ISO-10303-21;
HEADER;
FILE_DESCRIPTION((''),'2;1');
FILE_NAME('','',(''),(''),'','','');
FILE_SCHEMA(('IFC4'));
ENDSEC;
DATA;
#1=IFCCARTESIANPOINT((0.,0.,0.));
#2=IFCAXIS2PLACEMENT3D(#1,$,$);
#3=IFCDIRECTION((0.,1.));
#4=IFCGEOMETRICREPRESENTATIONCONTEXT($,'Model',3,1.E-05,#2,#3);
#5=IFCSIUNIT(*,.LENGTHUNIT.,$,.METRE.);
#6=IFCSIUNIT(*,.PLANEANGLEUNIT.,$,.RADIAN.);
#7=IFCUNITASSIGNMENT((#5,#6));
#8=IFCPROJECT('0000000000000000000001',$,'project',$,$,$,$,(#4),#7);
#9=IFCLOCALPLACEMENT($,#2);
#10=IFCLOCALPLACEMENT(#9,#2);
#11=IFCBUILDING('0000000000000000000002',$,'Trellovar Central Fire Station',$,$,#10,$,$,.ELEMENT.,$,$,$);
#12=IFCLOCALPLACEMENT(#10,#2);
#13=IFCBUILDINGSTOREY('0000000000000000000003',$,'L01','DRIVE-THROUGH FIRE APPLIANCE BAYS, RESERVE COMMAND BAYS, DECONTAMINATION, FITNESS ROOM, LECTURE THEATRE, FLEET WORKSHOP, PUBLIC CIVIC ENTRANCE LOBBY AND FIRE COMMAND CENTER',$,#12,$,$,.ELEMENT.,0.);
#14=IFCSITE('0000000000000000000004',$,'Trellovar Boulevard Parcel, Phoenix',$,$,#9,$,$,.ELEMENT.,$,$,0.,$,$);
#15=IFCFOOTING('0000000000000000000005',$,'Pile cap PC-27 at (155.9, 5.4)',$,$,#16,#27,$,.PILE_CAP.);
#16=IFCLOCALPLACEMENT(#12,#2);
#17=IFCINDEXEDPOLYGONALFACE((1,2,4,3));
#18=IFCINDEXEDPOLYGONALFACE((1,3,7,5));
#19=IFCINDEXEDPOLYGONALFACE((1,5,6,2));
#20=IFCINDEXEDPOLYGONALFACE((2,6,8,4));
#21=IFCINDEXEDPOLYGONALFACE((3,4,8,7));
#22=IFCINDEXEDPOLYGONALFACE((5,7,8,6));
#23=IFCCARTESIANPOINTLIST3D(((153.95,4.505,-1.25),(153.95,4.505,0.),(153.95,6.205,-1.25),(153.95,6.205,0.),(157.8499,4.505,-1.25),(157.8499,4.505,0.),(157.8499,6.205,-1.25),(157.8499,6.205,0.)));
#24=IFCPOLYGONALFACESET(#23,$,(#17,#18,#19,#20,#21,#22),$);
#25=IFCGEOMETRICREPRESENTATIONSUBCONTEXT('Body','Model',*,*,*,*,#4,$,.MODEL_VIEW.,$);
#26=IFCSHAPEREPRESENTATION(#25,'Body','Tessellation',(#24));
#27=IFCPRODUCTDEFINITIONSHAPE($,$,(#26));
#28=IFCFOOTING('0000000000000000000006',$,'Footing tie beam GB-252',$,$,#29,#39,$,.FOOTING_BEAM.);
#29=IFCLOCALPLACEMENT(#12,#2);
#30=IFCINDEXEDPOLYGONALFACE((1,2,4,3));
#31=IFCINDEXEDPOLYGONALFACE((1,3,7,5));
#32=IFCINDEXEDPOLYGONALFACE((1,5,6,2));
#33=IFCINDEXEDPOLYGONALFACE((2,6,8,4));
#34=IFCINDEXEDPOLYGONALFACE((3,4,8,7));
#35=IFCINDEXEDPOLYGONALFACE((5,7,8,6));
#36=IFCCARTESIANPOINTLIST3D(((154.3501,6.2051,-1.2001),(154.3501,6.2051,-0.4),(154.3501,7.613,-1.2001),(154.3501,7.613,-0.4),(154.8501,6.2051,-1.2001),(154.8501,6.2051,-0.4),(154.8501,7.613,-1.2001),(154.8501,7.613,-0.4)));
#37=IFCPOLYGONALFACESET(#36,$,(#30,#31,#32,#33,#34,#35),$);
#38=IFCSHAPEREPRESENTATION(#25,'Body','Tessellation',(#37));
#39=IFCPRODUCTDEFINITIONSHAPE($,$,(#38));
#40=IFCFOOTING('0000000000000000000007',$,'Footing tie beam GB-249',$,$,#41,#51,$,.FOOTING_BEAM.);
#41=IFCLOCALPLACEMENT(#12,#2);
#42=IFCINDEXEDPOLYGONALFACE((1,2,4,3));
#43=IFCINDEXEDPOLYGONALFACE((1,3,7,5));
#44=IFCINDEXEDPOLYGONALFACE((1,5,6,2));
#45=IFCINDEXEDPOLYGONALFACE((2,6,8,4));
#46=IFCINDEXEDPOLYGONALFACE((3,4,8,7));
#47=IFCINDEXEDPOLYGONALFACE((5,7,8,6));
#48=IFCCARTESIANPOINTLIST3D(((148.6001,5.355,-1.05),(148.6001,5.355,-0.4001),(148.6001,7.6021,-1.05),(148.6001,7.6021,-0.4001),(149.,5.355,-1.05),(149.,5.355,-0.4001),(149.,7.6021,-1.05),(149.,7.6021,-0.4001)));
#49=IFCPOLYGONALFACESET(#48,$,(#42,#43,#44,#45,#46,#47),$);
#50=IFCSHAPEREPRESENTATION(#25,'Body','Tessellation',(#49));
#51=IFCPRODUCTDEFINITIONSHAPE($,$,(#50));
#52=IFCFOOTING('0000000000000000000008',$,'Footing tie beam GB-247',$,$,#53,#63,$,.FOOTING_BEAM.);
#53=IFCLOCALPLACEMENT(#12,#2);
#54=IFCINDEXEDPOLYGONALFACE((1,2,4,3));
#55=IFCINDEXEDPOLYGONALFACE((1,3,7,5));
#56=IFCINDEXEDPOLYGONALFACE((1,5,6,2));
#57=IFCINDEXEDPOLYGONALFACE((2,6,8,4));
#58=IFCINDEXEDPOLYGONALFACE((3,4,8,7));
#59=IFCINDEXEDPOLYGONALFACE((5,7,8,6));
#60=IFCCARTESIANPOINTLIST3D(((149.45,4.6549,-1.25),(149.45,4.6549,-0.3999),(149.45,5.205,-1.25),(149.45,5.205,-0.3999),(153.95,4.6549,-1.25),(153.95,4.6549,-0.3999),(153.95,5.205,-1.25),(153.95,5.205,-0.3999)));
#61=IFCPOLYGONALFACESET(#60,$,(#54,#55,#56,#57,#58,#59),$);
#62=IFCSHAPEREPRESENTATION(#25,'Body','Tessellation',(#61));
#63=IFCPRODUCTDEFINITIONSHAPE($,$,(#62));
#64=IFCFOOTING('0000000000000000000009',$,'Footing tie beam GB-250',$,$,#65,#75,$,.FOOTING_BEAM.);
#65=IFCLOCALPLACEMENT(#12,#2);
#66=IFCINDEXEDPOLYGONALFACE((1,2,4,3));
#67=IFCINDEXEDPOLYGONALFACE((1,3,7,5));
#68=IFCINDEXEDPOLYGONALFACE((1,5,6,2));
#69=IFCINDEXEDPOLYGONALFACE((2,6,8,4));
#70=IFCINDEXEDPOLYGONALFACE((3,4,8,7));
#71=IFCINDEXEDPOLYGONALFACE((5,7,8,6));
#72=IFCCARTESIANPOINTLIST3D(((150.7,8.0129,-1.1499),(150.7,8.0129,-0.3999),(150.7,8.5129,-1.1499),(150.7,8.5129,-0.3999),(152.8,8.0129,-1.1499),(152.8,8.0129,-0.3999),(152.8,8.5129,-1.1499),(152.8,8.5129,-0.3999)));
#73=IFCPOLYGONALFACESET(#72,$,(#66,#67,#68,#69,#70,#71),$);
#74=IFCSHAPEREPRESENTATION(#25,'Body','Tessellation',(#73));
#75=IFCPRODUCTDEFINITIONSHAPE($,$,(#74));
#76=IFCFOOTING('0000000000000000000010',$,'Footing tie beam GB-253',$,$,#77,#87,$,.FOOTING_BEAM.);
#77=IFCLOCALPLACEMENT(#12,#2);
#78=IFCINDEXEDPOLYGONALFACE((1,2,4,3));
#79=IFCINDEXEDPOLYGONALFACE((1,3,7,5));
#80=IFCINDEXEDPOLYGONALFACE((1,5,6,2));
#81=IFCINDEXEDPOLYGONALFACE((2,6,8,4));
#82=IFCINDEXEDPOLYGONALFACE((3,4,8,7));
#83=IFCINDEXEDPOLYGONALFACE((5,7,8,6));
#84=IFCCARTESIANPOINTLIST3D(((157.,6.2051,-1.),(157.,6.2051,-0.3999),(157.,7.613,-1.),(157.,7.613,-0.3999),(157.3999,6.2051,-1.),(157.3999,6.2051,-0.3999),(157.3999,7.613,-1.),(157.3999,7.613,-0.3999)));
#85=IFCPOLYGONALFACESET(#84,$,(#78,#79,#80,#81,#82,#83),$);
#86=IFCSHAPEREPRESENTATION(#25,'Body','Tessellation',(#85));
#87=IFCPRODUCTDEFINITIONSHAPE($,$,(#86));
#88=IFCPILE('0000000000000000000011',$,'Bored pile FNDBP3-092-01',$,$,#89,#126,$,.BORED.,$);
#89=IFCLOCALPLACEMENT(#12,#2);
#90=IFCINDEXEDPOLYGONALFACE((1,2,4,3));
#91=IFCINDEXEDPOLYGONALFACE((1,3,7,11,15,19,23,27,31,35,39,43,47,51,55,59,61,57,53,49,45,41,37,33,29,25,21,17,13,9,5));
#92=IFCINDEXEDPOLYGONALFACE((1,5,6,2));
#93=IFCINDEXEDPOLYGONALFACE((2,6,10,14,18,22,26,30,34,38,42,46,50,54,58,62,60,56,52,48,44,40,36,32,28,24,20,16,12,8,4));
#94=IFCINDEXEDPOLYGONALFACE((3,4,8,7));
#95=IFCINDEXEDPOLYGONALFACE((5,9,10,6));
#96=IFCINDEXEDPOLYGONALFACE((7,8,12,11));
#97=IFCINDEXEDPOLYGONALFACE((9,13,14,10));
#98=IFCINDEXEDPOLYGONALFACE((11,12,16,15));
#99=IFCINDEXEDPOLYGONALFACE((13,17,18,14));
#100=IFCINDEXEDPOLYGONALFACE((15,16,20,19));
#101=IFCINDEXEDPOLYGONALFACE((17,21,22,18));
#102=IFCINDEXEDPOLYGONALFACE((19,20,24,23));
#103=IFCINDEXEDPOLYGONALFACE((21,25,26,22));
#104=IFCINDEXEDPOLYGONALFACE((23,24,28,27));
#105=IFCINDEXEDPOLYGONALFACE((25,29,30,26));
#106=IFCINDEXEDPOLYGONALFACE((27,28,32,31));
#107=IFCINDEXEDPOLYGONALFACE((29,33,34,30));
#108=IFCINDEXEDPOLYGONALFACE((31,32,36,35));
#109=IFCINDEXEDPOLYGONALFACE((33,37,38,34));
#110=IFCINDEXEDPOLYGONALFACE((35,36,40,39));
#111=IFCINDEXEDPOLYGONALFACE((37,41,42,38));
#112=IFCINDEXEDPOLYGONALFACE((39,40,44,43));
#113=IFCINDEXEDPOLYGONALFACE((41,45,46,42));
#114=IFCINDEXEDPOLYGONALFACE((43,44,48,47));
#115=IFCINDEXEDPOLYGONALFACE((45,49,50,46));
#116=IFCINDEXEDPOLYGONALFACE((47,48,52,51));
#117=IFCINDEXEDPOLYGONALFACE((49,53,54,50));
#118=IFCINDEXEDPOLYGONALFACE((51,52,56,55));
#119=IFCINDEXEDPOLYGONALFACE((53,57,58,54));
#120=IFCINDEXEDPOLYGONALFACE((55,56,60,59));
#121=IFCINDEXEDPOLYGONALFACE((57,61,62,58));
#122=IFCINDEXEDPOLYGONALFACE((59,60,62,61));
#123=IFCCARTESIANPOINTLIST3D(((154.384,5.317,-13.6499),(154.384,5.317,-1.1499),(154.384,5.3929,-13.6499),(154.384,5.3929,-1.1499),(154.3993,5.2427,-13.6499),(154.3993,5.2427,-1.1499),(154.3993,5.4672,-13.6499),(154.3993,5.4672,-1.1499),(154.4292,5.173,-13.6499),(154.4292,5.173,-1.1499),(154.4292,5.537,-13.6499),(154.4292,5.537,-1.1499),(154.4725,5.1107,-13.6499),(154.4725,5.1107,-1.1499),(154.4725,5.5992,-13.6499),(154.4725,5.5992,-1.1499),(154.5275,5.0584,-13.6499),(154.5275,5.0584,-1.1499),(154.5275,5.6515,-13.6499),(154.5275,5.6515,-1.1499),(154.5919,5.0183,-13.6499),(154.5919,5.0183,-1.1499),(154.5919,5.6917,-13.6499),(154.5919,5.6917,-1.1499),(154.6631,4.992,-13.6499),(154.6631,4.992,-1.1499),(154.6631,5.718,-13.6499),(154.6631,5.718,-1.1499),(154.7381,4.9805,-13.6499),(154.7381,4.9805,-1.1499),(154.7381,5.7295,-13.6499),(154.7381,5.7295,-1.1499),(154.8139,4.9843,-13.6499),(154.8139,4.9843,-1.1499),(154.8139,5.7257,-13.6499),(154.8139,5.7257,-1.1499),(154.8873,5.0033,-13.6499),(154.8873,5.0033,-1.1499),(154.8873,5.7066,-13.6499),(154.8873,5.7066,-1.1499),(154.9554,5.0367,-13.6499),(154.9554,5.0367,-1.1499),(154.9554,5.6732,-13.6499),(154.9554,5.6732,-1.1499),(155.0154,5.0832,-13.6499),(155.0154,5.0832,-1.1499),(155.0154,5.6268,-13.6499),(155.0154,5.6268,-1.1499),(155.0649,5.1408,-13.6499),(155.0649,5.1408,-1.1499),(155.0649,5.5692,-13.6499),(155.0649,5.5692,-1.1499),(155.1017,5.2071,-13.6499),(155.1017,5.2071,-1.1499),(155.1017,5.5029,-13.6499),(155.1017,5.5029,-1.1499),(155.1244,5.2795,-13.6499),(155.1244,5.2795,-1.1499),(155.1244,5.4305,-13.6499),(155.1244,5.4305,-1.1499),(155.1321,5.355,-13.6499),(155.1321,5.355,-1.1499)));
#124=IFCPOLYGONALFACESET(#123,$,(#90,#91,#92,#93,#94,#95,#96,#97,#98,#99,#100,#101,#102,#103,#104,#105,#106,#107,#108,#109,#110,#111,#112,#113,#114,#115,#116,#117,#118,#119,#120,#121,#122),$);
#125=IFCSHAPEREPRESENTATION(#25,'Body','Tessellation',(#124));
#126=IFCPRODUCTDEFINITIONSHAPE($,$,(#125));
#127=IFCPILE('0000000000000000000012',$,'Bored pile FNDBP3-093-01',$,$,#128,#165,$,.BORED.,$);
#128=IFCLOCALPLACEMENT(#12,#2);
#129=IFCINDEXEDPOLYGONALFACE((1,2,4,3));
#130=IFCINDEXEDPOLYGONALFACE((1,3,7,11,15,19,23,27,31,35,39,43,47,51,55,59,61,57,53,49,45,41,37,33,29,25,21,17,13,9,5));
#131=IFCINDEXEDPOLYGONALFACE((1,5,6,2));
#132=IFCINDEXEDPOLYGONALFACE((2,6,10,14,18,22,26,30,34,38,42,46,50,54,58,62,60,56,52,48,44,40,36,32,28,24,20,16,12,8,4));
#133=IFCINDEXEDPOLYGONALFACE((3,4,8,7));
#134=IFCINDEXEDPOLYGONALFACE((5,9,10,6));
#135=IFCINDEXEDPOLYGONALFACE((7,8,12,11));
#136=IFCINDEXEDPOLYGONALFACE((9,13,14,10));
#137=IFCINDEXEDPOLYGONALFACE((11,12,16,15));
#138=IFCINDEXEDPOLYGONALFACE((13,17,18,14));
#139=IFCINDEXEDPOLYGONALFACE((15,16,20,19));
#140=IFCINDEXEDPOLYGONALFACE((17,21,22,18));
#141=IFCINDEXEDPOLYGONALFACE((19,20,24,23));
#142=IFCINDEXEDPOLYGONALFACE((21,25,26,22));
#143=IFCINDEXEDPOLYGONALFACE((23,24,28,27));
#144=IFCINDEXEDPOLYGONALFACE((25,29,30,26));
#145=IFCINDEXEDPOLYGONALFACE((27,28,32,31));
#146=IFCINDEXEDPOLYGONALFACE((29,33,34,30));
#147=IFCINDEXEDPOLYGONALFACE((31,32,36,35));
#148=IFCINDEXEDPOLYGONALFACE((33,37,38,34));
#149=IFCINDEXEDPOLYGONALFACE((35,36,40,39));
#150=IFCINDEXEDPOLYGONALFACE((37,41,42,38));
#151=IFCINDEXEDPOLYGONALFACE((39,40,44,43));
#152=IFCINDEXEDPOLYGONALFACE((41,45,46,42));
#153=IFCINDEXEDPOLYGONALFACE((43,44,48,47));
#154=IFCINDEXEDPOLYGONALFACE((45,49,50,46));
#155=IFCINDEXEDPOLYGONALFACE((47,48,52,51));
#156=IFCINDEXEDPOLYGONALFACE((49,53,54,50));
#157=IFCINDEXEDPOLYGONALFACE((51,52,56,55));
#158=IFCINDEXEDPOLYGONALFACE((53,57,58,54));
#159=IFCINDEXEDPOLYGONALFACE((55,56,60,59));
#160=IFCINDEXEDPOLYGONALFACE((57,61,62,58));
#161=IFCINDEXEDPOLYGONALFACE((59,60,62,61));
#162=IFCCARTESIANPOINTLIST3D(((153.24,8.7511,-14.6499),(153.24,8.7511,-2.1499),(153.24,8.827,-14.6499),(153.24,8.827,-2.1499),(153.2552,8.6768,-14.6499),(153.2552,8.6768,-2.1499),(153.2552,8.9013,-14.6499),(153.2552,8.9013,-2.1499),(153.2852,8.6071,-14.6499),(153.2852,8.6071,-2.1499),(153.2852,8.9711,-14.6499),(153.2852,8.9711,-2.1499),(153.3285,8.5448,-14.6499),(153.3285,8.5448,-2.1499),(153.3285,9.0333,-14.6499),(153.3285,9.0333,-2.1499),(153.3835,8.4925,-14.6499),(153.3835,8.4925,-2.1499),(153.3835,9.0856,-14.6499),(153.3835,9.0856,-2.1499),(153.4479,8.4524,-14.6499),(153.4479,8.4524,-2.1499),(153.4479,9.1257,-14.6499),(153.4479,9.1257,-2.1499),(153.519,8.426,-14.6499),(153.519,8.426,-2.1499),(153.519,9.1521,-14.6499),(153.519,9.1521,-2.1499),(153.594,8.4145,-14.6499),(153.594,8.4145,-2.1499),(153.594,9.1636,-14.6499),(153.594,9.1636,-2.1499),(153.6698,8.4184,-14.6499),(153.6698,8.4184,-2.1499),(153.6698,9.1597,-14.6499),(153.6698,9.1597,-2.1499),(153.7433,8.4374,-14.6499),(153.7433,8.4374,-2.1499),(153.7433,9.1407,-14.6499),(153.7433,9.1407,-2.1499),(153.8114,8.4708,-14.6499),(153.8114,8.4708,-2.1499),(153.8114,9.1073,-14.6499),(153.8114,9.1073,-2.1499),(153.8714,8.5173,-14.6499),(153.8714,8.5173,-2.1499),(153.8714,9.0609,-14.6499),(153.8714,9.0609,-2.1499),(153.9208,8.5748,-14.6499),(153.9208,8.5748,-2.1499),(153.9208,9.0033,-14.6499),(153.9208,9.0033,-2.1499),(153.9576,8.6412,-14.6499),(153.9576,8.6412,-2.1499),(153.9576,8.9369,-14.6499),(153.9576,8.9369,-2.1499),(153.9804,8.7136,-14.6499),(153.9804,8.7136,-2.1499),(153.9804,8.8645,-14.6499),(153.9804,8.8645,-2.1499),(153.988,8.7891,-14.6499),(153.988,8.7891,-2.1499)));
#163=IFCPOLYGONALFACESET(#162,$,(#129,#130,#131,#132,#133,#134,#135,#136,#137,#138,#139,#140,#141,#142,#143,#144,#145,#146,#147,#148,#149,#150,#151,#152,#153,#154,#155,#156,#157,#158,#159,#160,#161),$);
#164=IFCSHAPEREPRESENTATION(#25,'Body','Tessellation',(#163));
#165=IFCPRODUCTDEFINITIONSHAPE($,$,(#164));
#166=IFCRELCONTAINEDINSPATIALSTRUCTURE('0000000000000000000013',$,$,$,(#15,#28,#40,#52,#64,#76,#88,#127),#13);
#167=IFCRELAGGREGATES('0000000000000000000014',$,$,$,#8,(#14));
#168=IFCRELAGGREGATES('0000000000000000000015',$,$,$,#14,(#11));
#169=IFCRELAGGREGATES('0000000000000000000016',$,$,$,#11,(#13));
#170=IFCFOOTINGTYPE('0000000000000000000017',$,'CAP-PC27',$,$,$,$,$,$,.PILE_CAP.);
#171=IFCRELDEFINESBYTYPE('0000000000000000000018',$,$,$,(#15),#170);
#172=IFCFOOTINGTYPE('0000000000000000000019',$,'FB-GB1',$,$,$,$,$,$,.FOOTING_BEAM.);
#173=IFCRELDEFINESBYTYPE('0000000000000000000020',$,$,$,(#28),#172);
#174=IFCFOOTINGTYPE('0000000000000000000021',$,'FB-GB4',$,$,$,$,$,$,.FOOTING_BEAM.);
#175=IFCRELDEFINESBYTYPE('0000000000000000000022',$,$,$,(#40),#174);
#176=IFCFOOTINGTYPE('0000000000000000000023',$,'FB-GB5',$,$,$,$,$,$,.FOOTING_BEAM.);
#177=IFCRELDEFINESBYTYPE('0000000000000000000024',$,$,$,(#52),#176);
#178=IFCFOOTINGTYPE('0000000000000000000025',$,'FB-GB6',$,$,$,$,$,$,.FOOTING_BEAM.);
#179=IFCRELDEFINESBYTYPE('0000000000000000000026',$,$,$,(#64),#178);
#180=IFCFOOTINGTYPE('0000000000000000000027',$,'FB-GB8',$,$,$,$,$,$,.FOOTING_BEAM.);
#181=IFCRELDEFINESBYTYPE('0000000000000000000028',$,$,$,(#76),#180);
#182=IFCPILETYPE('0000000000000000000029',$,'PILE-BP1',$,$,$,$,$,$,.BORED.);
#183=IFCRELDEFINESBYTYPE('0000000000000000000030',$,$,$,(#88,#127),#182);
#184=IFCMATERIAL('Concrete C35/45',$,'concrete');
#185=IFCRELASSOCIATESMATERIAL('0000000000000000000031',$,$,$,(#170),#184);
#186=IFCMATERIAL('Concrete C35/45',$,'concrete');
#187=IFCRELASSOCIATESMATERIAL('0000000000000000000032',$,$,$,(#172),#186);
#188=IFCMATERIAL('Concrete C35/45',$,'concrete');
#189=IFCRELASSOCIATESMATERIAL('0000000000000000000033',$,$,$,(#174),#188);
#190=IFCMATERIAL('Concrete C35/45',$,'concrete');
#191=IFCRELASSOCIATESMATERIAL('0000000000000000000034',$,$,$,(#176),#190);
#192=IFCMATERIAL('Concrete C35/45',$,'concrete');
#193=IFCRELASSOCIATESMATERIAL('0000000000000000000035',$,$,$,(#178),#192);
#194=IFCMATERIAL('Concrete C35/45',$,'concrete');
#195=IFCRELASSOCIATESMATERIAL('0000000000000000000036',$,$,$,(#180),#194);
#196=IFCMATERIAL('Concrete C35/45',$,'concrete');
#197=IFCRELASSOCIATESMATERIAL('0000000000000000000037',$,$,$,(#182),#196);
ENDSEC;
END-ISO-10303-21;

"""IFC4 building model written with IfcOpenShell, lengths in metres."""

from ifc_helpers import new_model, si_unit, direction, frame, origin, origin_2d, place, context, subcontext, project, spatial, rectangle, circle, extrude, material, material_profile, profile_set, type_object, element, save


model = new_model("IFC4")

# Units and contexts
model_context = context("Model", 3, precision=1e-05, world=origin(), true_north=direction((0.0, 1.0)))
body_context = subcontext(model_context, "Body", "Model", "MODEL_VIEW")
ifc_project = project(units=[si_unit("LENGTHUNIT", "METRE"), si_unit("PLANEANGLEUNIT", "RADIAN")], contexts=[model_context])

# Site, building, storey
site_placement = place(None, origin())
site = spatial("IfcSite", under=ifc_project, at=site_placement, Name="Trellovar Boulevard Parcel, Phoenix", CompositionType="ELEMENT", RefElevation=0.0)
building_placement = place(site_placement, origin())
building = spatial("IfcBuilding", under=site, at=building_placement, Name="Trellovar Central Fire Station", CompositionType="ELEMENT")
storey_placement = place(building_placement, origin())
storey = spatial("IfcBuildingStorey", under=building, at=storey_placement, Name="L01", Description="DRIVE-THROUGH FIRE APPLIANCE BAYS, RESERVE COMMAND BAYS, DECONTAMINATION, FITNESS ROOM, LECTURE THEATRE, FLEET WORKSHOP, PUBLIC CIVIC ENTRANCE LOBBY AND FIRE COMMAND CENTER", CompositionType="ELEMENT", Elevation=0.0)

# Footings
ifc_material_1 = material(Name="Concrete C35/45", Category="concrete")
footing_type_1 = type_object("IfcFootingType", Name="CAP-PC27", PredefinedType="PILE_CAP", material=ifc_material_1)
footing_1_placement = place(storey_placement, frame((155.8999, 5.355, -1.25), z_axis=(0.0, 0.0, 1.0), x_axis=(1.0, 0.0, 0.0)))
element("IfcFooting", 1, at=footing_1_placement, inside=storey, type_object=footing_type_1, Name="Pile cap PC-27 at (155.9, 5.4)", PredefinedType="PILE_CAP", context=body_context, shape_type="SweptSolid", body=[
    extrude(rectangle(XDim=3.8999, YDim=1.7, at=origin_2d()), origin(), (0.0, 0.0, 1.0), 1.25),
])
ifc_material_2 = material(Name="Concrete C35/45", Category="concrete")
ifc_material_profile_1 = material_profile(ifc_material_2, rectangle(XDim=0.5, YDim=0.8, at=origin_2d()), Name="RC500X800")
ifc_profile_set_1 = profile_set([ifc_material_profile_1], Name="Concrete C35/45")
footing_type_2 = type_object("IfcFootingType", Name="FB-GB1", PredefinedType="FOOTING_BEAM", material=ifc_profile_set_1)
footing_2_placement = place(storey_placement, frame((154.6001, 6.2051, -0.8), z_axis=(0.0, 1.0, 0.0), x_axis=(-1.0, 0.0, 0.0)))
element("IfcFooting", 2, at=footing_2_placement, inside=storey, type_object=footing_type_2, Name="Footing tie beam GB-252", PredefinedType="FOOTING_BEAM", context=body_context, shape_type="SweptSolid", body=[
    extrude(rectangle(XDim=0.5, YDim=0.8, at=origin_2d()), origin(), (0.0, 0.0, 1.0), 1.408),
])
ifc_material_3 = material(Name="Concrete C35/45", Category="concrete")
ifc_material_profile_2 = material_profile(ifc_material_3, rectangle(XDim=0.3999, YDim=0.6499, at=origin_2d()), Name="RC400X650")
ifc_profile_set_2 = profile_set([ifc_material_profile_2], Name="Concrete C35/45")
footing_type_3 = type_object("IfcFootingType", Name="FB-GB4", PredefinedType="FOOTING_BEAM", material=ifc_profile_set_2)
footing_3_placement = place(storey_placement, frame((148.8, 5.355, -0.7251), z_axis=(0.0, 1.0, 0.0), x_axis=(-1.0, 0.0, 0.0)))
element("IfcFooting", 3, at=footing_3_placement, inside=storey, type_object=footing_type_3, Name="Footing tie beam GB-249", PredefinedType="FOOTING_BEAM", context=body_context, shape_type="SweptSolid", body=[
    extrude(rectangle(XDim=0.3999, YDim=0.6499, at=origin_2d()), origin(), (0.0, 0.0, 1.0), 2.2471),
])
ifc_material_4 = material(Name="Concrete C35/45", Category="concrete")
ifc_material_profile_3 = material_profile(ifc_material_4, rectangle(XDim=0.55, YDim=0.8501, at=origin_2d()), Name="RC550X850")
ifc_profile_set_3 = profile_set([ifc_material_profile_3], Name="Concrete C35/45")
footing_type_4 = type_object("IfcFootingType", Name="FB-GB5", PredefinedType="FOOTING_BEAM", material=ifc_profile_set_3)
footing_4_placement = place(storey_placement, frame((149.45, 4.9299, -0.825), z_axis=(1.0, 0.0, 0.0), x_axis=(0.0, 1.0, 0.0)))
element("IfcFooting", 4, at=footing_4_placement, inside=storey, type_object=footing_type_4, Name="Footing tie beam GB-247", PredefinedType="FOOTING_BEAM", context=body_context, shape_type="SweptSolid", body=[
    extrude(rectangle(XDim=0.55, YDim=0.8501, at=origin_2d()), origin(), (0.0, 0.0, 1.0), 4.5),
])
ifc_material_5 = material(Name="Concrete C35/45", Category="concrete")
ifc_material_profile_4 = material_profile(ifc_material_5, rectangle(XDim=0.5, YDim=0.75, at=origin_2d()), Name="RC500X750")
ifc_profile_set_4 = profile_set([ifc_material_profile_4], Name="Concrete C35/45")
footing_type_5 = type_object("IfcFootingType", Name="FB-GB6", PredefinedType="FOOTING_BEAM", material=ifc_profile_set_4)
footing_5_placement = place(storey_placement, frame((150.7, 8.2629, -0.7749), z_axis=(1.0, 0.0, 0.0), x_axis=(0.0, 1.0, 0.0)))
element("IfcFooting", 5, at=footing_5_placement, inside=storey, type_object=footing_type_5, Name="Footing tie beam GB-250", PredefinedType="FOOTING_BEAM", context=body_context, shape_type="SweptSolid", body=[
    extrude(rectangle(XDim=0.5, YDim=0.75, at=origin_2d()), origin(), (0.0, 0.0, 1.0), 2.1001),
])
ifc_material_6 = material(Name="Concrete C35/45", Category="concrete")
ifc_material_profile_5 = material_profile(ifc_material_6, rectangle(XDim=0.3999, YDim=0.6001, at=origin_2d()), Name="RC400X600")
ifc_profile_set_5 = profile_set([ifc_material_profile_5], Name="Concrete C35/45")
footing_type_6 = type_object("IfcFootingType", Name="FB-GB8", PredefinedType="FOOTING_BEAM", material=ifc_profile_set_5)
footing_6_placement = place(storey_placement, frame((157.2, 6.2051, -0.7), z_axis=(0.0, 1.0, 0.0), x_axis=(-1.0, 0.0, 0.0)))
element("IfcFooting", 6, at=footing_6_placement, inside=storey, type_object=footing_type_6, Name="Footing tie beam GB-253", PredefinedType="FOOTING_BEAM", context=body_context, shape_type="SweptSolid", body=[
    extrude(rectangle(XDim=0.3999, YDim=0.6001, at=origin_2d()), origin(), (0.0, 0.0, 1.0), 1.408),
])

# Piles
ifc_material_7 = material(Name="Concrete C35/45", Category="concrete")
ifc_material_profile_6 = material_profile(ifc_material_7, circle(Radius=0.375, at=origin_2d()), Name="PILE750")
ifc_profile_set_6 = profile_set([ifc_material_profile_6], Name="Concrete C35/45")
pile_type = type_object("IfcPileType", Name="PILE-BP1", PredefinedType="BORED", material=ifc_profile_set_6)
for number, where, z_axis, x_axis, name in (
    (7, (154.7571, 5.355, -1.1499), (0.0, 0.0, -1.0), (1.0, 0.0, 0.0), "Bored pile FNDBP3-092-01"),
    (8, (153.613, 8.7891, -2.1499), (0.0, 0.0, -1.0), (1.0, 0.0, 0.0), "Bored pile FNDBP3-093-01"),
):
    element("IfcPile", number, at=place(storey_placement, frame(where, z_axis=z_axis, x_axis=x_axis)), inside=storey, type_object=pile_type, Name=name, PredefinedType="BORED", context=body_context, shape_type="SweptSolid", body=[
        extrude(circle(Radius=0.375, at=origin_2d()), origin(), (0.0, 0.0, 1.0), 12.5),
    ])

save(model, "model.ifc")
